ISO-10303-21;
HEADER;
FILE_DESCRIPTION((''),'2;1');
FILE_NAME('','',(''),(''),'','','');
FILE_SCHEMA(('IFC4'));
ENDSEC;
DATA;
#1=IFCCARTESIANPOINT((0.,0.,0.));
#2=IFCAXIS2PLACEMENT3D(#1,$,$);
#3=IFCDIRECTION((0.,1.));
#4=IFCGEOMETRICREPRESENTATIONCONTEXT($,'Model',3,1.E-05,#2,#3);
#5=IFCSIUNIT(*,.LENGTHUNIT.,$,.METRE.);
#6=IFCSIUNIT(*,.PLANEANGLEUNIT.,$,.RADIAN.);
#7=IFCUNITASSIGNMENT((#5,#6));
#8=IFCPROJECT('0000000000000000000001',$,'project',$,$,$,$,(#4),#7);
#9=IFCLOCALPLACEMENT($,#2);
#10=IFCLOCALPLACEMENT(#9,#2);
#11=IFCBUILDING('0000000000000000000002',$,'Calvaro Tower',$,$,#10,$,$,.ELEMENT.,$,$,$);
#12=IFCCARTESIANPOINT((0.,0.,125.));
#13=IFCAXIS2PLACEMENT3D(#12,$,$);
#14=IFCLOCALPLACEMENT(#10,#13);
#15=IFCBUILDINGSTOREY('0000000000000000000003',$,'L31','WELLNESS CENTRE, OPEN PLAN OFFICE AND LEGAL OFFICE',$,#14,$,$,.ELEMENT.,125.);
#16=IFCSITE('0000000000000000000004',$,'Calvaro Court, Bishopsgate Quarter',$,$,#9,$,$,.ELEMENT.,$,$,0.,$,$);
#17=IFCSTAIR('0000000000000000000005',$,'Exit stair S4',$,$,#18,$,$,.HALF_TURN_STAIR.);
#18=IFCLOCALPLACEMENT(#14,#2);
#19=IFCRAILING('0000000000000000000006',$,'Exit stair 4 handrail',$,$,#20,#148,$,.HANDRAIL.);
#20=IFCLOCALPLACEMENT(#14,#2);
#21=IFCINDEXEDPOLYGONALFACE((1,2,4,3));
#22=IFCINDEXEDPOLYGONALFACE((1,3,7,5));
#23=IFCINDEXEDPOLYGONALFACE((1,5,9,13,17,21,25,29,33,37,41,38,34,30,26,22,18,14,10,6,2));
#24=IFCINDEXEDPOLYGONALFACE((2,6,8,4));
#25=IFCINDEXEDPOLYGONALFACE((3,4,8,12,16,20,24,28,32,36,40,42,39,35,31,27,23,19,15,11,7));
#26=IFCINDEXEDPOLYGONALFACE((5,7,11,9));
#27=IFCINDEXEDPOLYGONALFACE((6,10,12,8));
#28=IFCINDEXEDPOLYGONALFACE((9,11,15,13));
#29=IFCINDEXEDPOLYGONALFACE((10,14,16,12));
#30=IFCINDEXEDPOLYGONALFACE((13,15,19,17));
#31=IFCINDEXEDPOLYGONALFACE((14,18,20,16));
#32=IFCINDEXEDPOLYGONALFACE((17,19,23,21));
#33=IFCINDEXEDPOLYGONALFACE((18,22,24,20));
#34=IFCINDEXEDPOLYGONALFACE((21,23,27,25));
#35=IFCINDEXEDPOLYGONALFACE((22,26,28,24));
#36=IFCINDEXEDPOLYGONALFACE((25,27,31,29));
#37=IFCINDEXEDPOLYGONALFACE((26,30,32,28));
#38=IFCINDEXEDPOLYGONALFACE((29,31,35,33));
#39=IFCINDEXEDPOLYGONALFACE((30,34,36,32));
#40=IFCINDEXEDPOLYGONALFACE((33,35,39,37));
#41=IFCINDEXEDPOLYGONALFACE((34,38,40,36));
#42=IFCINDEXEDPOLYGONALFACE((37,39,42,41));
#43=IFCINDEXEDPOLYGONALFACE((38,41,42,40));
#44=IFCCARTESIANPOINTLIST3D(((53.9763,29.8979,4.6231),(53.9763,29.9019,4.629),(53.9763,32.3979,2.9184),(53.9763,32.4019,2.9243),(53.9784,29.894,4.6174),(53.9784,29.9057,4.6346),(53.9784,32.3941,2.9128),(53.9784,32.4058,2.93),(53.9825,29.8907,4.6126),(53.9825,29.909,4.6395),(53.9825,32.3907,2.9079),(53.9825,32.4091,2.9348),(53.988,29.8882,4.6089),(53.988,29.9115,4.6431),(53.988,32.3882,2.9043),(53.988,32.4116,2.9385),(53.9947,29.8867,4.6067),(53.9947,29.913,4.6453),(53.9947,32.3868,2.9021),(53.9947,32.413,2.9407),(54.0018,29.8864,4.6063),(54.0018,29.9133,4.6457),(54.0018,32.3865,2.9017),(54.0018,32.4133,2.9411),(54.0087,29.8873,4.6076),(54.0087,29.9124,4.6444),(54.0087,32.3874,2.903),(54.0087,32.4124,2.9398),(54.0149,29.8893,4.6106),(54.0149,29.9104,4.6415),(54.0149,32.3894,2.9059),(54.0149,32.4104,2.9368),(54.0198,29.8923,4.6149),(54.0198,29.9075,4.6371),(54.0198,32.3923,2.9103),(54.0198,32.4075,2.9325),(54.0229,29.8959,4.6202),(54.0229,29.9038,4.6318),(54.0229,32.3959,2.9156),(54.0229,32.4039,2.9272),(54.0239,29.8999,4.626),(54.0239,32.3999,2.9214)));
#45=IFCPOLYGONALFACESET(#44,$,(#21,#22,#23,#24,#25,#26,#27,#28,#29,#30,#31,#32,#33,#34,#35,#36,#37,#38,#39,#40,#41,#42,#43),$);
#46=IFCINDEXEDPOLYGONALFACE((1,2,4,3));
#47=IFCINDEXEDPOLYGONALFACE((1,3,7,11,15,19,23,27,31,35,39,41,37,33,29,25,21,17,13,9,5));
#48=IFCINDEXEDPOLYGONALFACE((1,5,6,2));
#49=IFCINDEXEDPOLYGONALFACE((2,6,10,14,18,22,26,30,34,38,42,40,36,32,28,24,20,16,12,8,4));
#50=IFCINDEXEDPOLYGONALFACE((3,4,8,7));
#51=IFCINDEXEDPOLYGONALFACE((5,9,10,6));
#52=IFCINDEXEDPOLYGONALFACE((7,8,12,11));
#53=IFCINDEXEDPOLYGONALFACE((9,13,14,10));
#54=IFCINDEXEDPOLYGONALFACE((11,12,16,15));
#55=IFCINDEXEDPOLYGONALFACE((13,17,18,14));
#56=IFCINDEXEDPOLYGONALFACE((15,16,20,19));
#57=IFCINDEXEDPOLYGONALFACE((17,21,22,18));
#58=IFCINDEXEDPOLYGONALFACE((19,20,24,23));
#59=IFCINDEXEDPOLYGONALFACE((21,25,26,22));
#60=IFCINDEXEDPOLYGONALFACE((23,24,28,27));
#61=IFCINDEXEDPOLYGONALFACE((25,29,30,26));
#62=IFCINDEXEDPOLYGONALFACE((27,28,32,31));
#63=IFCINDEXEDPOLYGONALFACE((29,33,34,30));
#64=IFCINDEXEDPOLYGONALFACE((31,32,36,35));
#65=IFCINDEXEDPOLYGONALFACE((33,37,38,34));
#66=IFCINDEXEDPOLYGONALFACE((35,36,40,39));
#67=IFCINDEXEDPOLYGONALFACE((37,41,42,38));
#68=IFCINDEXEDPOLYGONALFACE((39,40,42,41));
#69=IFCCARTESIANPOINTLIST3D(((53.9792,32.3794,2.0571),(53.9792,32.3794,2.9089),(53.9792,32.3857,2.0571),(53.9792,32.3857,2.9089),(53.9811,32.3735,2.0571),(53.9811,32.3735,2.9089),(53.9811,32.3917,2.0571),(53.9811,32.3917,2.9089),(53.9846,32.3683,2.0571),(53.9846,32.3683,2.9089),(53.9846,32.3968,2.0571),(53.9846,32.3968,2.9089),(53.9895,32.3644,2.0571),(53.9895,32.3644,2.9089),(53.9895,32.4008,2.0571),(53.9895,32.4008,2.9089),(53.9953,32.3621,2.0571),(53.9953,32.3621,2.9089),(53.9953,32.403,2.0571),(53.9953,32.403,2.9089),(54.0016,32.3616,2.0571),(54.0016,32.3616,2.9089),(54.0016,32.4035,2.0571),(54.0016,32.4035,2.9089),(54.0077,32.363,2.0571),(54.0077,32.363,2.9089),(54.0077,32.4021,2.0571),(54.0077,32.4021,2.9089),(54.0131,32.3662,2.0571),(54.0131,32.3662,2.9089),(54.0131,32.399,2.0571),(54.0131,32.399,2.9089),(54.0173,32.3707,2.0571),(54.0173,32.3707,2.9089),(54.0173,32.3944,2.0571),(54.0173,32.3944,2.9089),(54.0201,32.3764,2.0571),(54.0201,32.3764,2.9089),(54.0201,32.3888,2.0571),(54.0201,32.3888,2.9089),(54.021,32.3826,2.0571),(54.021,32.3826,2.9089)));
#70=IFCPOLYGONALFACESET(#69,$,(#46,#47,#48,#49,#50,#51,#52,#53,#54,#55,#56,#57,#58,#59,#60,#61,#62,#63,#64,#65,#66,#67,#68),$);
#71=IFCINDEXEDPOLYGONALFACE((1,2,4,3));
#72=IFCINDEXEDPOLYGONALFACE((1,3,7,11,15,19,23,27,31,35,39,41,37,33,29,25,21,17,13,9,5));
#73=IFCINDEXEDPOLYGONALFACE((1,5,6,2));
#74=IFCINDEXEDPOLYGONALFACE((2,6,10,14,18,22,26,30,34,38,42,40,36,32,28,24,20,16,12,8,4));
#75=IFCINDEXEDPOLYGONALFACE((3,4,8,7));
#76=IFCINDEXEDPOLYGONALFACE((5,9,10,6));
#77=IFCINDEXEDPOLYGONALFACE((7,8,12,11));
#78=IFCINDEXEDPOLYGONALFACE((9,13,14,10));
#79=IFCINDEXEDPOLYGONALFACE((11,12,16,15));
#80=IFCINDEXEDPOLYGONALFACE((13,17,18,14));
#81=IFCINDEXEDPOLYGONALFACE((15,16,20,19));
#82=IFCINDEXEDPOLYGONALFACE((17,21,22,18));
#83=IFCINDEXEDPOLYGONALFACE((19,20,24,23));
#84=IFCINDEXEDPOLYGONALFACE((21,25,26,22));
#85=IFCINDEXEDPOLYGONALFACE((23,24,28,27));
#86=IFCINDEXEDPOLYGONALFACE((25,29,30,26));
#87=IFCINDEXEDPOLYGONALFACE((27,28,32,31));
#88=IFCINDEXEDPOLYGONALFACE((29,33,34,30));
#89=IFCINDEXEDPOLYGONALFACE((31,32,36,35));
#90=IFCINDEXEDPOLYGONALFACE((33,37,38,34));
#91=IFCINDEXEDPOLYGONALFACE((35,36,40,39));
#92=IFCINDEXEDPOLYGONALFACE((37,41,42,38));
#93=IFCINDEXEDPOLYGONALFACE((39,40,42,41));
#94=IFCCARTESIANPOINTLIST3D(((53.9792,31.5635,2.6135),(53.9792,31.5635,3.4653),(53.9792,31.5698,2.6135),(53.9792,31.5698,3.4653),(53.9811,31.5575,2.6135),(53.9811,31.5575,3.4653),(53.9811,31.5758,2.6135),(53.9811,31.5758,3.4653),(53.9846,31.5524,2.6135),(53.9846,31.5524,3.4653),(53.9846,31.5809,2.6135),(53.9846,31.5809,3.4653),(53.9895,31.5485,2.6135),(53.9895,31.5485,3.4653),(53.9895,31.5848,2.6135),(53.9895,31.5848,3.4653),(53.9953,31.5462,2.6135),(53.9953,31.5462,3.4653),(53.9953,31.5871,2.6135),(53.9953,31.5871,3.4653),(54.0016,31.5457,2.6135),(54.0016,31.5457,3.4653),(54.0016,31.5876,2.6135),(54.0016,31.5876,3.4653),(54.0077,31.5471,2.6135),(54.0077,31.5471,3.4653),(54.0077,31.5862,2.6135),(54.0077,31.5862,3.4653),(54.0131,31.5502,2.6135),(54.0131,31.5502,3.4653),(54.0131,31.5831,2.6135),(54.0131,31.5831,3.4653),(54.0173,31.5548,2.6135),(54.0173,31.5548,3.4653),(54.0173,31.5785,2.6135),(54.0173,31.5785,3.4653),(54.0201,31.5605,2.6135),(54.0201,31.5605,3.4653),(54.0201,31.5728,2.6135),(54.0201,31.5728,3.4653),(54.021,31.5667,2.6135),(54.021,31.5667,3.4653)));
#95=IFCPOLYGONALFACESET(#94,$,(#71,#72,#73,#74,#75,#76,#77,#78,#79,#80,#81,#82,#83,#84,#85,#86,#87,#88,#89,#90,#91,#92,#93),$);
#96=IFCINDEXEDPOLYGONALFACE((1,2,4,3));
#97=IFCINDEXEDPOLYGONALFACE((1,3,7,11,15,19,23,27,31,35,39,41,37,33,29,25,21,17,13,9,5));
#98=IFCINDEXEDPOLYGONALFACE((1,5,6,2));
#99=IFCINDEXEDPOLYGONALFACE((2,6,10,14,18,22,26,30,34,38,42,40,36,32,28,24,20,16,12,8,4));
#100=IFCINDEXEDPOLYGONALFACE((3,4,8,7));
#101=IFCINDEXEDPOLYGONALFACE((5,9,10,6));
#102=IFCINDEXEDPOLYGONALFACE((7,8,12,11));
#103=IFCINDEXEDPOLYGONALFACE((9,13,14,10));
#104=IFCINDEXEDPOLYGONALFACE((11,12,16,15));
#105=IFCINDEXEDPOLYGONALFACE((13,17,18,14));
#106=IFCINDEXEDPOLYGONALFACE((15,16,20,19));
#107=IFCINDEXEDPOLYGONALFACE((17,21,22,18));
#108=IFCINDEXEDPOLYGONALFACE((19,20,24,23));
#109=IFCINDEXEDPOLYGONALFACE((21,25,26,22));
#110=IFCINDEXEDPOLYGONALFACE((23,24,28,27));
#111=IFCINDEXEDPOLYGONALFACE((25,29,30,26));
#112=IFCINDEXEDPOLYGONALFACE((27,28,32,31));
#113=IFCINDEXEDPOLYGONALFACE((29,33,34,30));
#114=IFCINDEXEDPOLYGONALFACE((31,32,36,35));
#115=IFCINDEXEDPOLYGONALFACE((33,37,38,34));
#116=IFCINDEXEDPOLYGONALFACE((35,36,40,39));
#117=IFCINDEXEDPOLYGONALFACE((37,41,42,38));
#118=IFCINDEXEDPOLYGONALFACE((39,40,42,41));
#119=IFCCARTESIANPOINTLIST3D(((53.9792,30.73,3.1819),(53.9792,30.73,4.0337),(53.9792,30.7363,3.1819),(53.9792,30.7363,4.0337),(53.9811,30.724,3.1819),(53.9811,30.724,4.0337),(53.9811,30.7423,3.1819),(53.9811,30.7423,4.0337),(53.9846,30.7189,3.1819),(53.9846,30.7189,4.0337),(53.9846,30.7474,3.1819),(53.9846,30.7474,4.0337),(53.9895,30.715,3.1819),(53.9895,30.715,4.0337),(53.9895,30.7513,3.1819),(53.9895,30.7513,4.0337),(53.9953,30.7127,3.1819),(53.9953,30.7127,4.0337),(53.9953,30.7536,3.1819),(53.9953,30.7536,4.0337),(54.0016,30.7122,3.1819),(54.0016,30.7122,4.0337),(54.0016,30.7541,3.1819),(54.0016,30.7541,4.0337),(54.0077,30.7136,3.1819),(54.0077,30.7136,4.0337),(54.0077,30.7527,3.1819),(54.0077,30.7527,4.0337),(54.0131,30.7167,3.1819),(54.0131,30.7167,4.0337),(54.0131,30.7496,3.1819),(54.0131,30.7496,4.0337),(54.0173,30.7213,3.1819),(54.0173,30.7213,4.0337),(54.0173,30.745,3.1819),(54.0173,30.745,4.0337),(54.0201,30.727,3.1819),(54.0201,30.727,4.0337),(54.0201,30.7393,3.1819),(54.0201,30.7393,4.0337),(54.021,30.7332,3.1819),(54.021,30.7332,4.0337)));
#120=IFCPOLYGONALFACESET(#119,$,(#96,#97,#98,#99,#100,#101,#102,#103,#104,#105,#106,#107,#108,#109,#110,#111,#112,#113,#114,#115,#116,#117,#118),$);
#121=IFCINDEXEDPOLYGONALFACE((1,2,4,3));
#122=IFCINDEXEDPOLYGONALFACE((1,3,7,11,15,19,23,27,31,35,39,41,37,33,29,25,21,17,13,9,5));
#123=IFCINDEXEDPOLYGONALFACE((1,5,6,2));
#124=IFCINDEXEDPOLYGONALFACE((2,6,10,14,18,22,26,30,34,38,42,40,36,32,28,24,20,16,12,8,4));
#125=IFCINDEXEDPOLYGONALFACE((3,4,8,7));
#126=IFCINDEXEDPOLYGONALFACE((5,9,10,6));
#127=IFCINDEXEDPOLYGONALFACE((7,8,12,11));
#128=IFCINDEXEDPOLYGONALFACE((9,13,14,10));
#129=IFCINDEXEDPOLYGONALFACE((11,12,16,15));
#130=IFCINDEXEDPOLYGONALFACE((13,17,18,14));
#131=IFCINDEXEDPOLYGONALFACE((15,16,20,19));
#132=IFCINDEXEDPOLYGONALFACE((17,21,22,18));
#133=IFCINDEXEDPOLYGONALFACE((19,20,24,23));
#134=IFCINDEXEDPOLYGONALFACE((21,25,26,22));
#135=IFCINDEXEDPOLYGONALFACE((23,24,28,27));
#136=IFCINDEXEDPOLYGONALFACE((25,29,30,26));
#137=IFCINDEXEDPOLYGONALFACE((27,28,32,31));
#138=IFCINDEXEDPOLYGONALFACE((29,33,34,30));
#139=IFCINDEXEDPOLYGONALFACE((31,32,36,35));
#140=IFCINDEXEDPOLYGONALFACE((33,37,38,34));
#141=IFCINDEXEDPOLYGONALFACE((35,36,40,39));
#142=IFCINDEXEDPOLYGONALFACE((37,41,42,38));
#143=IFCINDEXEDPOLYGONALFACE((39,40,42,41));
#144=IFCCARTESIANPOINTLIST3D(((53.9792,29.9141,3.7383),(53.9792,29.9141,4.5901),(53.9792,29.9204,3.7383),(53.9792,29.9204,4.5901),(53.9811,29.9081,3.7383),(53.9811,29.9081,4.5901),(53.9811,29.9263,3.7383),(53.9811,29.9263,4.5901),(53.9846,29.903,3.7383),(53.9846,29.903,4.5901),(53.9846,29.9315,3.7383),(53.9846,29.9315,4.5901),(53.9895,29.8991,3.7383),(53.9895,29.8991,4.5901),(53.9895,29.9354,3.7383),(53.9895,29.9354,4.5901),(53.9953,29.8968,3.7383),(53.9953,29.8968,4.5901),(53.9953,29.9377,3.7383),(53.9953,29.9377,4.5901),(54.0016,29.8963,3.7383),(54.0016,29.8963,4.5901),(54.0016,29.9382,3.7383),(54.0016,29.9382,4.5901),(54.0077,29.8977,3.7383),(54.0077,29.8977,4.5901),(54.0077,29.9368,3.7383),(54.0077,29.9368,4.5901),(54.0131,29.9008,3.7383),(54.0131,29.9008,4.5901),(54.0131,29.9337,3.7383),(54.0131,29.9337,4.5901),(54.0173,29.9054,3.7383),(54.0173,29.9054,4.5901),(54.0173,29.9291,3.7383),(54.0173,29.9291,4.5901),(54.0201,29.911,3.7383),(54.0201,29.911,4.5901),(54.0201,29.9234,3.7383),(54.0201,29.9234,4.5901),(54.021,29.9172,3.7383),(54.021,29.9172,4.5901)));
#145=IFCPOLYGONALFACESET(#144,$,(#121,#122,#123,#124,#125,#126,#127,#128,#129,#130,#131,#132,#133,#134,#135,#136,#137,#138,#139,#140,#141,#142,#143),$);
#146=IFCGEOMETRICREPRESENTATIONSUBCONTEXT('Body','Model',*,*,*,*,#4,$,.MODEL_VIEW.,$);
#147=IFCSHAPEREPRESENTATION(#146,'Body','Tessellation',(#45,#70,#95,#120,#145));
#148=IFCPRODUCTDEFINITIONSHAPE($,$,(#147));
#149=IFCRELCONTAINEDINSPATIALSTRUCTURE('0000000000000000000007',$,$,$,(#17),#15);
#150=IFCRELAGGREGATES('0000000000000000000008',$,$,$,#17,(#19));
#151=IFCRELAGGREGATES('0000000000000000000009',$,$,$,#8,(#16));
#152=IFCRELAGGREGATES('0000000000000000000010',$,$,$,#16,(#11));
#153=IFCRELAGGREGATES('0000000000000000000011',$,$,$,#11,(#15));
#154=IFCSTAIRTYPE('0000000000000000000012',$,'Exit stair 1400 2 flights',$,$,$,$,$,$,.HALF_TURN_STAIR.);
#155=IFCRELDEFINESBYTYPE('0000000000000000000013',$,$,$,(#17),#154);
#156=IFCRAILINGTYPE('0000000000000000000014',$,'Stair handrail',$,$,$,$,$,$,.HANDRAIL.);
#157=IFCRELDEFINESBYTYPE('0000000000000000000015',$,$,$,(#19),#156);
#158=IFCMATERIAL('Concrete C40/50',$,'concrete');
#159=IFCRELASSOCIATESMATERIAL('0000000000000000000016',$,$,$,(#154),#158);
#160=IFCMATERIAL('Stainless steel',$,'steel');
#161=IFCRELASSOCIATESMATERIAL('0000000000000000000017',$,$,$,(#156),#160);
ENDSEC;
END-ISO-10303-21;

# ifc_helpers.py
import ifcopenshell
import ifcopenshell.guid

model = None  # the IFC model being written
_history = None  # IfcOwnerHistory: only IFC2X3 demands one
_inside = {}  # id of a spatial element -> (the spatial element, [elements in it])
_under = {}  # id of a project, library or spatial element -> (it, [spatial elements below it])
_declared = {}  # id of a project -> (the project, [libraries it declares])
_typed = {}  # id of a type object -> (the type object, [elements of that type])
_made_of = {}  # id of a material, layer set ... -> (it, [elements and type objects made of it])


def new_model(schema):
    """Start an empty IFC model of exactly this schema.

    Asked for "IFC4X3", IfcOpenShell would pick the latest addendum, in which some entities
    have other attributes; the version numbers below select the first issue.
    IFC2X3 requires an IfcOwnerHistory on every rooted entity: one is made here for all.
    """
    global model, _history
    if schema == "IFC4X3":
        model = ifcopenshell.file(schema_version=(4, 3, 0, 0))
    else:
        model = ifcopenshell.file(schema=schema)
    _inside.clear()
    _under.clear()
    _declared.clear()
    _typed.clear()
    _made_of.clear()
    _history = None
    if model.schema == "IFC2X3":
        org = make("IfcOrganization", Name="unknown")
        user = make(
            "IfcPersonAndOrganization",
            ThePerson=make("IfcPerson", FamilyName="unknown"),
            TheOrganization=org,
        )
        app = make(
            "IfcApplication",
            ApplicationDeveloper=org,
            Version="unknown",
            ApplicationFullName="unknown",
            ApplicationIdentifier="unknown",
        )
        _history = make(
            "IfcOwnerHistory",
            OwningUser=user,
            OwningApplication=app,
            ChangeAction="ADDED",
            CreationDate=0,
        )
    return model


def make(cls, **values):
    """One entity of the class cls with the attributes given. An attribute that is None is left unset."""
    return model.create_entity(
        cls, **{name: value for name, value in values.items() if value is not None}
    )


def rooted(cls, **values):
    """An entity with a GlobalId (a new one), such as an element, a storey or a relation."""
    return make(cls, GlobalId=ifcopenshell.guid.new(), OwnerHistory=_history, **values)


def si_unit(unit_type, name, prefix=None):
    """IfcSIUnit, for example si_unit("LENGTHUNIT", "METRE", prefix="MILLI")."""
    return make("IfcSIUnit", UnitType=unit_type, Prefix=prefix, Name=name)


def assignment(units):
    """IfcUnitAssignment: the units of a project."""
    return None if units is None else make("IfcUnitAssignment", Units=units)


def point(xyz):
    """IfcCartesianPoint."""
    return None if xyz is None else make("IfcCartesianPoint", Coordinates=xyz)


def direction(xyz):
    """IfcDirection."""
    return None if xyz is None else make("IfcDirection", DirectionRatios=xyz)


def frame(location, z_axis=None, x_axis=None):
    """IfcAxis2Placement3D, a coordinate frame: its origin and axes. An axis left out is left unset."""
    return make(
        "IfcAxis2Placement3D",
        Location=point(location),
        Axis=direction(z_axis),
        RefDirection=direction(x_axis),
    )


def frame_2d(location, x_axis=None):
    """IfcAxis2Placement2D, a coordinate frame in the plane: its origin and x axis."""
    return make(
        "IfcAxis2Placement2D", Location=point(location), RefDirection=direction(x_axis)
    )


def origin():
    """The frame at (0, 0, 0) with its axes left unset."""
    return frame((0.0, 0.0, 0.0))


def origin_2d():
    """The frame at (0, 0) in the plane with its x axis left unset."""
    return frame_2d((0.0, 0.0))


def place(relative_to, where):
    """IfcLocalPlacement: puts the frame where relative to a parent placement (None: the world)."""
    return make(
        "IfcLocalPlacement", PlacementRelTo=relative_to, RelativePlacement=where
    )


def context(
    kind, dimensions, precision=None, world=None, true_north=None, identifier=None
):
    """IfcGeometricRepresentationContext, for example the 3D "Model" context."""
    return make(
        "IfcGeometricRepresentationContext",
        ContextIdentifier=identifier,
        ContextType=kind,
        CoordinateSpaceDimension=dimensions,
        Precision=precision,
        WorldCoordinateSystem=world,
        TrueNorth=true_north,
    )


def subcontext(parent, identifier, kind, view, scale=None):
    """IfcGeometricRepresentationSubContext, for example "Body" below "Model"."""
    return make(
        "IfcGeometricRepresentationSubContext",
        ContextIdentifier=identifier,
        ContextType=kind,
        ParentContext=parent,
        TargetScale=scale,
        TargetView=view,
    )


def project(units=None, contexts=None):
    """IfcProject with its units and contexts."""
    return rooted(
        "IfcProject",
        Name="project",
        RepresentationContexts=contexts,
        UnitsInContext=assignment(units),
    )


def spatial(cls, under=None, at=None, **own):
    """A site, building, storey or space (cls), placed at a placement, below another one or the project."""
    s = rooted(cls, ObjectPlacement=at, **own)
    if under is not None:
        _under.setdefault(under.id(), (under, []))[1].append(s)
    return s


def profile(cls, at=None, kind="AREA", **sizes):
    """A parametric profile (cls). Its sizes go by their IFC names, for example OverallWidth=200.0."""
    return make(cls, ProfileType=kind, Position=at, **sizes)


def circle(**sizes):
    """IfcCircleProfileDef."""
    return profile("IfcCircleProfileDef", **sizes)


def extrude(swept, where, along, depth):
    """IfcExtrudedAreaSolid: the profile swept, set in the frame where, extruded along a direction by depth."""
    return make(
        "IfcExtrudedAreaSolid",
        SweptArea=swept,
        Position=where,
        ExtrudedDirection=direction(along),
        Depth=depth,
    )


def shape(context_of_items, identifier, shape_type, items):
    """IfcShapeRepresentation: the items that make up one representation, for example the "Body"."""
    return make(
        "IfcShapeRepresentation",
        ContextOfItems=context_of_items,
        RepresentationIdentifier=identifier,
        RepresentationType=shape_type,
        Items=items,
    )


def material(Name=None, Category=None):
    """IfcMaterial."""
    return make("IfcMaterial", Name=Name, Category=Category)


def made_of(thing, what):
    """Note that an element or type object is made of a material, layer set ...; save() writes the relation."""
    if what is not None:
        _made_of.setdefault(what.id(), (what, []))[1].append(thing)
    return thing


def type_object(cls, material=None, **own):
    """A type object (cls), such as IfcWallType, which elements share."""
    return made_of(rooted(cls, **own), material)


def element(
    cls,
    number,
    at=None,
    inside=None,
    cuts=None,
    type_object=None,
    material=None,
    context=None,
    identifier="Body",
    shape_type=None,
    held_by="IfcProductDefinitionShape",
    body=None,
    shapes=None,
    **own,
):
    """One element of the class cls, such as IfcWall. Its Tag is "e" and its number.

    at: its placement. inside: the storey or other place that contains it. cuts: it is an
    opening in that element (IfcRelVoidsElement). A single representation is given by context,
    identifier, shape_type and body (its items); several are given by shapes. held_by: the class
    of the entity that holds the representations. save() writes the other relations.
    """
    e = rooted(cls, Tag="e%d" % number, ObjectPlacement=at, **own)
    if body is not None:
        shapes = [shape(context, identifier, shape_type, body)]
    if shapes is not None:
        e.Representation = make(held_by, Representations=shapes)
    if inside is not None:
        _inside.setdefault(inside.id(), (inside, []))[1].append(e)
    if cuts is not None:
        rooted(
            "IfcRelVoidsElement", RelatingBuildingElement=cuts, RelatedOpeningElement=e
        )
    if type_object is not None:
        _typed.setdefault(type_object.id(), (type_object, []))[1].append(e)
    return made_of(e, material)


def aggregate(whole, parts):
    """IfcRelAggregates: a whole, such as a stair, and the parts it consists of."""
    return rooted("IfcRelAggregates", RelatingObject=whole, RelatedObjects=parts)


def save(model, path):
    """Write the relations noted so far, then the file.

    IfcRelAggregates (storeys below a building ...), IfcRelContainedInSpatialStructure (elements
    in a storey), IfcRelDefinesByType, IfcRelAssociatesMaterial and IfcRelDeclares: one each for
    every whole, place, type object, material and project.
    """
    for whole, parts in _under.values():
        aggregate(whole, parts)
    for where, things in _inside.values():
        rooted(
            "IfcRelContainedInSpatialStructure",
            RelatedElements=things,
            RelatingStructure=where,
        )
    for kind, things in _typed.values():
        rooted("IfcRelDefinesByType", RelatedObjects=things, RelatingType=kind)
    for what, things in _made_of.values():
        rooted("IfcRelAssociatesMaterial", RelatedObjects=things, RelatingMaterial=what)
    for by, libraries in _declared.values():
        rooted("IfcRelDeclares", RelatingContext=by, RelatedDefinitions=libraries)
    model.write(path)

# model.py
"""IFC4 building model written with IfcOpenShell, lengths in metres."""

from ifc_helpers import new_model, si_unit, direction, frame, origin, origin_2d, place, context, subcontext, project, spatial, circle, extrude, material, type_object, element, aggregate, save


model = new_model("IFC4")

# Units and contexts
model_context = context("Model", 3, precision=1e-05, world=origin(), true_north=direction((0.0, 1.0)))
body_context = subcontext(model_context, "Body", "Model", "MODEL_VIEW")
ifc_project = project(units=[si_unit("LENGTHUNIT", "METRE"), si_unit("PLANEANGLEUNIT", "RADIAN")], contexts=[model_context])

# Site, building, storey
site_placement = place(None, origin())
site = spatial("IfcSite", under=ifc_project, at=site_placement, Name="Calvaro Court, Bishopsgate Quarter", CompositionType="ELEMENT", RefElevation=0.0)
building_placement = place(site_placement, origin())
building = spatial("IfcBuilding", under=site, at=building_placement, Name="Calvaro Tower", CompositionType="ELEMENT")
storey_placement = place(building_placement, frame((0.0, 0.0, 125.0)))
storey = spatial("IfcBuildingStorey", under=building, at=storey_placement, Name="L31", Description="WELLNESS CENTRE, OPEN PLAN OFFICE AND LEGAL OFFICE", CompositionType="ELEMENT", Elevation=125.0)

# Shared definitions
ifc_material_1 = material(Name="Concrete C40/50", Category="concrete")
stair_type = type_object("IfcStairType", Name="Exit stair 1400 2 flights", PredefinedType="HALF_TURN_STAIR", material=ifc_material_1)

# Stair, railing
stair_1_placement = place(storey_placement, origin())
stair_1 = element("IfcStair", 1, at=stair_1_placement, inside=storey, type_object=stair_type, Name="Exit stair S4", PredefinedType="HALF_TURN_STAIR")
ifc_material_2 = material(Name="Stainless steel", Category="steel")
railing_type = type_object("IfcRailingType", Name="Stair handrail", PredefinedType="HANDRAIL", material=ifc_material_2)
railing_1_placement = place(storey_placement, frame((54.0, 32.3999, 2.0454)))
railing_1 = element("IfcRailing", 2, at=railing_1_placement, type_object=railing_type, Name="Exit stair 4 handrail", PredefinedType="HANDRAIL", context=body_context, shape_type="SweptSolid", body=[
    extrude(circle(Radius=0.0239, at=origin_2d()), frame((0.0, 0.0, 0.876), z_axis=(0.0, -0.826221, 0.563347), x_axis=(1.0, 0.0, 0.0)), (0.0, 0.0, 1.0), 3.0259),
    extrude(circle(Radius=0.021, at=origin_2d()), frame((0.0, -0.0173, 0.0117)), (0.0, 0.0, 1.0), 0.8518),
    extrude(circle(Radius=0.021, at=origin_2d()), frame((0.0, -0.8333, 0.5681)), (0.0, 0.0, 1.0), 0.8518),
    extrude(circle(Radius=0.021, at=origin_2d()), frame((0.0, -1.6667, 1.1365)), (0.0, 0.0, 1.0), 0.8518),
    extrude(circle(Radius=0.021, at=origin_2d()), frame((0.0, -2.4827, 1.6929)), (0.0, 0.0, 1.0), 0.8518),
])
aggregate(stair_1, [railing_1])

save(model, "model.ifc")
